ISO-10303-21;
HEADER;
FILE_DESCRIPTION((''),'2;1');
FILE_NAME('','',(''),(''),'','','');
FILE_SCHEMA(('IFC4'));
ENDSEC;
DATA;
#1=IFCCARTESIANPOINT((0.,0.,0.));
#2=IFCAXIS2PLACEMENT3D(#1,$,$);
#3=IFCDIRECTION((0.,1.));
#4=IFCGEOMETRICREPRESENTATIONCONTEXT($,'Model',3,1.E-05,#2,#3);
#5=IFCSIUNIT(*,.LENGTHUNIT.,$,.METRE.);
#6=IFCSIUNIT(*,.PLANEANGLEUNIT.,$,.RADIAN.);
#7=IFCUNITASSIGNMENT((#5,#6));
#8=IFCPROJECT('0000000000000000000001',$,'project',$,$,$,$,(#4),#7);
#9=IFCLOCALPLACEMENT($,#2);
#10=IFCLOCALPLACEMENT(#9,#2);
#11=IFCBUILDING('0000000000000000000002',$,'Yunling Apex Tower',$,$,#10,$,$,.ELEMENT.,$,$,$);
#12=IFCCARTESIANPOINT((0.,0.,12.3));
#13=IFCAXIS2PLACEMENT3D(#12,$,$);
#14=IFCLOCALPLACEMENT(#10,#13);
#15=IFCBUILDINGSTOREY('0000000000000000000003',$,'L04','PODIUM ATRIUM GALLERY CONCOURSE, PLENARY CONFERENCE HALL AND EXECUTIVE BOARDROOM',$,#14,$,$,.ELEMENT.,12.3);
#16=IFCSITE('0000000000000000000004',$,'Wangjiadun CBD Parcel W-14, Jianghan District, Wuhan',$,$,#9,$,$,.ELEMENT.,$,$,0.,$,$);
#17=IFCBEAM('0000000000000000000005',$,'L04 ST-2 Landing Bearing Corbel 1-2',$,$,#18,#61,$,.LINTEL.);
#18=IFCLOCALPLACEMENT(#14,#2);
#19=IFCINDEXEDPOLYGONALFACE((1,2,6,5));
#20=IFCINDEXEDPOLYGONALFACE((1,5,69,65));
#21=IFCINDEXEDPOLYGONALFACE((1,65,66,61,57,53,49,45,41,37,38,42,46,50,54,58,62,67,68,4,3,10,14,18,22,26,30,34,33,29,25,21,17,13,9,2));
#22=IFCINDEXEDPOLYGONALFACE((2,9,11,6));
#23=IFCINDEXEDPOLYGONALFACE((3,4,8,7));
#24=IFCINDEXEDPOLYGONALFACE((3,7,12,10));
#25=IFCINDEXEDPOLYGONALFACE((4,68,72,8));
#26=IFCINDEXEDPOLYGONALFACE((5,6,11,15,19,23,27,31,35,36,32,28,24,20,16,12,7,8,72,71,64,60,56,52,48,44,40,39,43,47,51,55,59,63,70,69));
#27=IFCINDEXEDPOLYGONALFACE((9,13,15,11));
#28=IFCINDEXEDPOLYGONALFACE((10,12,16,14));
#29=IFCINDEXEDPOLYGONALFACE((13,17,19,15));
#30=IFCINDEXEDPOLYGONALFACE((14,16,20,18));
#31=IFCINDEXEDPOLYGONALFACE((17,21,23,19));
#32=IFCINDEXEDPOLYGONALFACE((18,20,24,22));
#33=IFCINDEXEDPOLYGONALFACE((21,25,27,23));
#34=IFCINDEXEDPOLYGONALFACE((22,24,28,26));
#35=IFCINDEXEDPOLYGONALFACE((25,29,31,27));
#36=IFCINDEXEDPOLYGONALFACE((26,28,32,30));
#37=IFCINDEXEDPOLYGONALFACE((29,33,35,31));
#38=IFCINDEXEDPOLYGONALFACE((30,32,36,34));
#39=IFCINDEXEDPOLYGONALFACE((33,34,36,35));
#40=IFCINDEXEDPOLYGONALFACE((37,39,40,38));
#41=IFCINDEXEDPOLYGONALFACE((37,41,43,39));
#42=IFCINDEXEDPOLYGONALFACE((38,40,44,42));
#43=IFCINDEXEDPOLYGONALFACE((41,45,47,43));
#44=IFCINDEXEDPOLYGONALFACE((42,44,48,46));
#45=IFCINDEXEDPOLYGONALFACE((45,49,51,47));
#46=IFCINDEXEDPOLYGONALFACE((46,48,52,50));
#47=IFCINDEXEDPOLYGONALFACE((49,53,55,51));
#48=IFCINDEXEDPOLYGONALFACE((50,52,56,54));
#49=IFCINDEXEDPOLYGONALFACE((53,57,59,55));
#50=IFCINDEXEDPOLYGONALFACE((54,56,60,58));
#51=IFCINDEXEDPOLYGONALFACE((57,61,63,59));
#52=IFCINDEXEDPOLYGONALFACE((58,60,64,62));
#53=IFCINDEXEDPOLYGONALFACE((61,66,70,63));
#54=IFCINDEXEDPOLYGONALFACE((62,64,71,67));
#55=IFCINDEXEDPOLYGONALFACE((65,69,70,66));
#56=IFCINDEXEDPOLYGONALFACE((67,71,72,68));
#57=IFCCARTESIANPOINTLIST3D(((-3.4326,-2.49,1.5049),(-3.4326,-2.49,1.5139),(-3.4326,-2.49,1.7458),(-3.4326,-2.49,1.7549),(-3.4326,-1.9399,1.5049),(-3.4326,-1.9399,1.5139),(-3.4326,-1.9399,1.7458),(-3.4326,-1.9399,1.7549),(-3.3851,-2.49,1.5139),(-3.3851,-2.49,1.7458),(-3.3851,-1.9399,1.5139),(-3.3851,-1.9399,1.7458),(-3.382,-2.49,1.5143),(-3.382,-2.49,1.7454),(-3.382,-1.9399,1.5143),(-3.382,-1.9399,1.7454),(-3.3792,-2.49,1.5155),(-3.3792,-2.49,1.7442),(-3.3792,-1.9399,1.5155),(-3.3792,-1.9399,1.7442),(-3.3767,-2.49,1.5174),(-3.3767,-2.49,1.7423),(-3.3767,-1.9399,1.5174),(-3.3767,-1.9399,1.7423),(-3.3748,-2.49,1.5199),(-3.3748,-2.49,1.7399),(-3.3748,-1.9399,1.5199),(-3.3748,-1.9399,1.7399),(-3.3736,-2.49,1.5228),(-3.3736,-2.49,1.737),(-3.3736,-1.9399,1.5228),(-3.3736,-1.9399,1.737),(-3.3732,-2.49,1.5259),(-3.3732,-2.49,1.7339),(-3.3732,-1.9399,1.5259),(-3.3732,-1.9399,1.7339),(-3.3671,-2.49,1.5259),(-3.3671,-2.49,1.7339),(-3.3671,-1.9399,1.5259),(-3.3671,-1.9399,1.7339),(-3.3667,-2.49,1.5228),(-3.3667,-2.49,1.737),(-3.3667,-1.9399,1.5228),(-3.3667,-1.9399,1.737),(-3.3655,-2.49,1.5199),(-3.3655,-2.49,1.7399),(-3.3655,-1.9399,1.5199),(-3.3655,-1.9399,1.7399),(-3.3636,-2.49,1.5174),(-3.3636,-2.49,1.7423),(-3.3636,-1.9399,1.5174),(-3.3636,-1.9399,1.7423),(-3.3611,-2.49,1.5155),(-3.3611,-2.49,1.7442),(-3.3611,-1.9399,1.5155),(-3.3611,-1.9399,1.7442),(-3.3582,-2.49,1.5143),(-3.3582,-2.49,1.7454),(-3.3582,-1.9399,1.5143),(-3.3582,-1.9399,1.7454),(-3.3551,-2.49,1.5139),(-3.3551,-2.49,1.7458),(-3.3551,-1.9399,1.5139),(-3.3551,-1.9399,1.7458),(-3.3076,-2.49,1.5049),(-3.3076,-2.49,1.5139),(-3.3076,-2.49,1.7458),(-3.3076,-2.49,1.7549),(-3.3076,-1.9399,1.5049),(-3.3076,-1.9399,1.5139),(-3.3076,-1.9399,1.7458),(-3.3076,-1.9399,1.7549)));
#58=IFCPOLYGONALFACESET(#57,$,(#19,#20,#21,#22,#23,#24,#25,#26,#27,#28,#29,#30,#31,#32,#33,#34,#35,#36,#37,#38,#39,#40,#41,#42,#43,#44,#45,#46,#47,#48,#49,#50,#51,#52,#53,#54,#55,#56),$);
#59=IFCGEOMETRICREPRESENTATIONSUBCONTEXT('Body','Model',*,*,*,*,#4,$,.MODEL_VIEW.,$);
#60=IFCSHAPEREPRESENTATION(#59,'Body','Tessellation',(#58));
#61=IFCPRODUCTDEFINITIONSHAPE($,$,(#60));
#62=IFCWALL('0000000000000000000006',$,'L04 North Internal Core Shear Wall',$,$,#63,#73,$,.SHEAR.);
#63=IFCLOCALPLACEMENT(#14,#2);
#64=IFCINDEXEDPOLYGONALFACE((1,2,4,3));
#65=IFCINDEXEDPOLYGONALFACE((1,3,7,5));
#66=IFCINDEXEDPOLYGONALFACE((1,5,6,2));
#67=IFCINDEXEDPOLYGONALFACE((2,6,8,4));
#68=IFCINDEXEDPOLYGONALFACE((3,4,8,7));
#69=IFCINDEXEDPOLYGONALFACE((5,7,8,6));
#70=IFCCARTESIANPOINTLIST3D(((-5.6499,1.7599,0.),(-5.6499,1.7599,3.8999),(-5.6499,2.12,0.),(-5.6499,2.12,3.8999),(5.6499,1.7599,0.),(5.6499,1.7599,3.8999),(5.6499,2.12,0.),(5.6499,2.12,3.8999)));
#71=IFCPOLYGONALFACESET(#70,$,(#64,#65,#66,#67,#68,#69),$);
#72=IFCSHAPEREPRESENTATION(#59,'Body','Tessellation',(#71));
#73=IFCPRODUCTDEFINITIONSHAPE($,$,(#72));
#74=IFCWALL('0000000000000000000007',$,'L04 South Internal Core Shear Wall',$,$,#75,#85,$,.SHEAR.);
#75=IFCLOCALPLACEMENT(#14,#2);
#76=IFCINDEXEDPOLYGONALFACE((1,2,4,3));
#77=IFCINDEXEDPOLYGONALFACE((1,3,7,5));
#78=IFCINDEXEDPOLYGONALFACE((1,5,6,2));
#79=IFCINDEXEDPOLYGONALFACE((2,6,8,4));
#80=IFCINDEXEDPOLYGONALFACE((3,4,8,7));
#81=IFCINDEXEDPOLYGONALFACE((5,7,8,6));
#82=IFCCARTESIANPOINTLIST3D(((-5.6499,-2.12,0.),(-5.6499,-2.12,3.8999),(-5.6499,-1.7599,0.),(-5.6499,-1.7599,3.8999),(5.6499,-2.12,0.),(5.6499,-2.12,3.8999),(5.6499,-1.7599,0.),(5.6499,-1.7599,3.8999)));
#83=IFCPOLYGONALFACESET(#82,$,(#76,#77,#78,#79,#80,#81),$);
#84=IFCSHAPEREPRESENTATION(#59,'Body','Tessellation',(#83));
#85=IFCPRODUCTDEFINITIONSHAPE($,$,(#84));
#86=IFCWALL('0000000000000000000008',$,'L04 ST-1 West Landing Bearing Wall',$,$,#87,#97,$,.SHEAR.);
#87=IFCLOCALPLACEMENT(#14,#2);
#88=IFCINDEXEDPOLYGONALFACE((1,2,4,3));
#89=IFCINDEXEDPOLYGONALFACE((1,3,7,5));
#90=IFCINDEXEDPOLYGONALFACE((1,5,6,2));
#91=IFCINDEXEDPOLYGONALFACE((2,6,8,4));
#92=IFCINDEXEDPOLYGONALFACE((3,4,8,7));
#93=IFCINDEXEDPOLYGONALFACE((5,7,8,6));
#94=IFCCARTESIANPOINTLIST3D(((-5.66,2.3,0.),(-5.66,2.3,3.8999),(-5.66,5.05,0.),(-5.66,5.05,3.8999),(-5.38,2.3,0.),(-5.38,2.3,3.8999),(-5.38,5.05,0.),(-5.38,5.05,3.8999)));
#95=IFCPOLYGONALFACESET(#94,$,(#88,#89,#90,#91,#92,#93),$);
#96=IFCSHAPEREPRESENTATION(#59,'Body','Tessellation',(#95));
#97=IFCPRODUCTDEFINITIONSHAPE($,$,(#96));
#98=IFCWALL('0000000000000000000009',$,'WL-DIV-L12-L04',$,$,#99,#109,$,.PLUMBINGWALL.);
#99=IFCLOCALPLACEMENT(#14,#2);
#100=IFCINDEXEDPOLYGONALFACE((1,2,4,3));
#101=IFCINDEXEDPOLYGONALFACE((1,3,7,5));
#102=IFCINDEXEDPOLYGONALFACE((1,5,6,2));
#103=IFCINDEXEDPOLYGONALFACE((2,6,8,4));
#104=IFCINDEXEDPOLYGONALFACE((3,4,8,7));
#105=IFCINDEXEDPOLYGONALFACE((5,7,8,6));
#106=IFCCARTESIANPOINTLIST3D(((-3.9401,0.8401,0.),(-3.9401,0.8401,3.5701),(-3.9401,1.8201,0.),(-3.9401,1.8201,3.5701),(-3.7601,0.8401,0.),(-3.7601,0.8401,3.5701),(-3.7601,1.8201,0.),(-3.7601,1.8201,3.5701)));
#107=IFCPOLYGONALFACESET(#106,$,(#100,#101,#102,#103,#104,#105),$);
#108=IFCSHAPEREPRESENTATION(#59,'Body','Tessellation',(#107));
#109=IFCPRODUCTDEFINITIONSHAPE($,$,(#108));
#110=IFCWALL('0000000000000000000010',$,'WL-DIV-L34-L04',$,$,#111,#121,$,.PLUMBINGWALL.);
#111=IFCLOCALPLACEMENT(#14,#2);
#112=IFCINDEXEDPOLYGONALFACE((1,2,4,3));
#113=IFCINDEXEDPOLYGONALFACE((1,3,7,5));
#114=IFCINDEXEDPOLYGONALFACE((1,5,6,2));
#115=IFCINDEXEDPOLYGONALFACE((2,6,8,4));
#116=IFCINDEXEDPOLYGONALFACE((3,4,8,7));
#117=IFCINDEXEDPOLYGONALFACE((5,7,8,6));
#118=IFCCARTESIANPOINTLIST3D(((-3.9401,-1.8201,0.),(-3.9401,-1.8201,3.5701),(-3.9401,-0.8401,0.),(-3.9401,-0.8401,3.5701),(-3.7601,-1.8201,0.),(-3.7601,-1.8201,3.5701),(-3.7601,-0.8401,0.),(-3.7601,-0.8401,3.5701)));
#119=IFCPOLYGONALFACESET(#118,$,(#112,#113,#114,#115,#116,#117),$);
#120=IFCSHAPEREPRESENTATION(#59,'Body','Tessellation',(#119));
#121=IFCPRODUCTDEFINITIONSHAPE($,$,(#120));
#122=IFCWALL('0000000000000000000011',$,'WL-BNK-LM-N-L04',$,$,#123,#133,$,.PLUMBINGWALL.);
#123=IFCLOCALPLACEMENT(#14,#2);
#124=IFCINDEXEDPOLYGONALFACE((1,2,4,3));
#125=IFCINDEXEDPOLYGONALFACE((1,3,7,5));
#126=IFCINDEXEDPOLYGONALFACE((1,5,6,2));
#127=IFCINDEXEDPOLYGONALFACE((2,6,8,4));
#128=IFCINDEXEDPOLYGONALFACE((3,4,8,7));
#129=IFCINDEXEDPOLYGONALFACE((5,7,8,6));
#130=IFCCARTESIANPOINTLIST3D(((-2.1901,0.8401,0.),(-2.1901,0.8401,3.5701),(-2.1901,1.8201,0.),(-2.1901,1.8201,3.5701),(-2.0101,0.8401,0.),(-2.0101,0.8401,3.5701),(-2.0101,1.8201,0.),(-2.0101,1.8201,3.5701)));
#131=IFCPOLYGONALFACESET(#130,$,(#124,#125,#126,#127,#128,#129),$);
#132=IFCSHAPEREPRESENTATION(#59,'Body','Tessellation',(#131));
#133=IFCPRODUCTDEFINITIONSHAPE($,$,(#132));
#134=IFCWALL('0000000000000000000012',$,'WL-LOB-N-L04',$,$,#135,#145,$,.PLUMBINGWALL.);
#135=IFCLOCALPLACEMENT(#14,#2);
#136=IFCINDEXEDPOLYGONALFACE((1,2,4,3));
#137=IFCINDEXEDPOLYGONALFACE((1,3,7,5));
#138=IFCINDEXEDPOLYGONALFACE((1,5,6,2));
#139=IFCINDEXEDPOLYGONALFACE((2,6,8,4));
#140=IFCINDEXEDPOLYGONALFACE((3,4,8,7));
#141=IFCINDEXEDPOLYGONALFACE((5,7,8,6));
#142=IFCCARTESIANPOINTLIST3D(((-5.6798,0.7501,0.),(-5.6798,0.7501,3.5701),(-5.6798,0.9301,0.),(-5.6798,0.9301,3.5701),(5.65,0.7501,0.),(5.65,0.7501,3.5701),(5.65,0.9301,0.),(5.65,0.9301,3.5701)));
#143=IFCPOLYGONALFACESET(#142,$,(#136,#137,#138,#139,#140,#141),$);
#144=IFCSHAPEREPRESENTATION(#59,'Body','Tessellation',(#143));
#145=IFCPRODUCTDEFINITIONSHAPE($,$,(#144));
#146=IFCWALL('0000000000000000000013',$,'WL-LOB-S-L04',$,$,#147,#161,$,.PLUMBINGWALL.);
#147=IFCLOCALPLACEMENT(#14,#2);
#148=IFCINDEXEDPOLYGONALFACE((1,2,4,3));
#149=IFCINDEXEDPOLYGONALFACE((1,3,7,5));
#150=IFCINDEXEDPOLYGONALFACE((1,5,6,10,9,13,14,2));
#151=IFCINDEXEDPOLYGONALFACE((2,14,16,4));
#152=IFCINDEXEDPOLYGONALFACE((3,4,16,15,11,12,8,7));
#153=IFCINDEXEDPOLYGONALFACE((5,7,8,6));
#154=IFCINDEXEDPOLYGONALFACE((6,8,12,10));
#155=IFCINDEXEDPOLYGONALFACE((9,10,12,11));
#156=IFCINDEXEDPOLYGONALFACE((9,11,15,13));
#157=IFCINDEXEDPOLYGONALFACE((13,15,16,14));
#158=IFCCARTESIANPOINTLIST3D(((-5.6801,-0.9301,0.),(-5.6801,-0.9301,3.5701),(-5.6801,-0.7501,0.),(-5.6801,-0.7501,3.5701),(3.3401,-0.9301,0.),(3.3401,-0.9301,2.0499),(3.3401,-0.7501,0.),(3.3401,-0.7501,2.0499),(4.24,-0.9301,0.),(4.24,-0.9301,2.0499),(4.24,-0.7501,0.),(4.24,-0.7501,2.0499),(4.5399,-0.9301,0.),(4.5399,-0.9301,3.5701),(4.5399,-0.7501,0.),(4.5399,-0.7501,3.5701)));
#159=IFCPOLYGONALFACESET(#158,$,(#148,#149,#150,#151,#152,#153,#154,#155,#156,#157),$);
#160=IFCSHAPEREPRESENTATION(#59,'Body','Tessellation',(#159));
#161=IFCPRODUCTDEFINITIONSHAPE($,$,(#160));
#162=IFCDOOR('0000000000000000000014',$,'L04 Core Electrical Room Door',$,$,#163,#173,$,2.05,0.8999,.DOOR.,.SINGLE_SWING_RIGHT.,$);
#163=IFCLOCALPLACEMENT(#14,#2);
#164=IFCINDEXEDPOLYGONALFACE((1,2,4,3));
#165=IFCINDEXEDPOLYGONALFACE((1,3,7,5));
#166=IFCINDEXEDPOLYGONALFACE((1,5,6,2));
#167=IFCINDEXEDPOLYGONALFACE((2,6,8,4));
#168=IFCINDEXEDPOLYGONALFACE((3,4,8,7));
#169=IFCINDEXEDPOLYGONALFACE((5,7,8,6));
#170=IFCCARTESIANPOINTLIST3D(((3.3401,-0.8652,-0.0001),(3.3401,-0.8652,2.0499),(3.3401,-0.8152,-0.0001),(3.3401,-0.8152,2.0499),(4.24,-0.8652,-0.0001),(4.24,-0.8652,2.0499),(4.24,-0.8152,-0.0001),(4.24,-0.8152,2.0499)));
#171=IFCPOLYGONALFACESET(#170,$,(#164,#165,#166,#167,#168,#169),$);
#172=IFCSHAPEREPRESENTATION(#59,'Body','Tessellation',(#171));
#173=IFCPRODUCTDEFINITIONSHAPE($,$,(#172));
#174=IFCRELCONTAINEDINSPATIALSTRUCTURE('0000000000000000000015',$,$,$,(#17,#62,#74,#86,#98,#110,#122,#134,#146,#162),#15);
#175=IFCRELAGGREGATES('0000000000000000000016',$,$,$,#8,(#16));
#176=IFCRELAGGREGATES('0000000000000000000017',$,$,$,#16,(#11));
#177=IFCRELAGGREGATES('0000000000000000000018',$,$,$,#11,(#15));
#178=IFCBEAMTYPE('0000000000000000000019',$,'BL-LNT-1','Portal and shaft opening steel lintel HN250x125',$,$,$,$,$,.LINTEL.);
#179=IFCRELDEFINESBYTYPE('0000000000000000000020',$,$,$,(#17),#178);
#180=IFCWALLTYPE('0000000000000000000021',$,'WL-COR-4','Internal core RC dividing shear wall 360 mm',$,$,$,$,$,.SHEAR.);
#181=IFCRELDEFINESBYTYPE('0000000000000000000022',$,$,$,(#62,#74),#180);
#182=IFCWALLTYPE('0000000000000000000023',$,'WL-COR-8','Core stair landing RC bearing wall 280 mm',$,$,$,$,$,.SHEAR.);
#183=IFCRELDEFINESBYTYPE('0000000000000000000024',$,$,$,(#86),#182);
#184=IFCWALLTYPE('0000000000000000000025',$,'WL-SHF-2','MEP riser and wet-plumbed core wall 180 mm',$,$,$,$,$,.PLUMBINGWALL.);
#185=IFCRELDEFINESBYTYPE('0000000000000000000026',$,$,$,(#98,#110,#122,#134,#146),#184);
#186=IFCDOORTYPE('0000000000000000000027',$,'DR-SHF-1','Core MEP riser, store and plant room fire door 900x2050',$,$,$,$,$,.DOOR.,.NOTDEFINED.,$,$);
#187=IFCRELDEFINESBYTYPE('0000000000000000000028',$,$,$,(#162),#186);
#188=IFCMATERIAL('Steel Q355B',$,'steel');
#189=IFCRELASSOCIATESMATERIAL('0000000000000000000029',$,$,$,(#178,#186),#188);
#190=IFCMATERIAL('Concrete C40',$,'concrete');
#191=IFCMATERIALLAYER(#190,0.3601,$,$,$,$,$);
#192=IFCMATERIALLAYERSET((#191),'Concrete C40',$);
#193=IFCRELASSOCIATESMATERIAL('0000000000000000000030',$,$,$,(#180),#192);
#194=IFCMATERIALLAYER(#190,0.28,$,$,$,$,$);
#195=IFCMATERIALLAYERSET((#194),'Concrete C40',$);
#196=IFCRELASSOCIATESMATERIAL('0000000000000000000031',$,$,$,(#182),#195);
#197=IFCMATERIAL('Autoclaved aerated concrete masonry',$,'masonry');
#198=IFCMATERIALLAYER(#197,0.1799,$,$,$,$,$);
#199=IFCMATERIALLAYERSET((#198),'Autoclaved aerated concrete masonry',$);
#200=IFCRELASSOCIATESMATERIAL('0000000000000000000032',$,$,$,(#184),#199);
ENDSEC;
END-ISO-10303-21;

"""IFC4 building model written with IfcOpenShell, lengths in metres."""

from ifc_helpers import new_model, si_unit, direction, frame, frame_2d, origin, origin_2d, place, context, subcontext, project, spatial, rectangle, i_section, extrude, source, transform, mapped, material, layer, layer_set, material_profile, profile_set, type_object, element, fill, save


model = new_model("IFC4")

# Units and contexts
model_context = context("Model", 3, precision=1e-05, world=origin(), true_north=direction((0.0, 1.0)))
body_context = subcontext(model_context, "Body", "Model", "MODEL_VIEW")
ifc_project = project(units=[si_unit("LENGTHUNIT", "METRE"), si_unit("PLANEANGLEUNIT", "RADIAN")], contexts=[model_context])

# Site, building, storey
site_placement = place(None, origin())
site = spatial("IfcSite", under=ifc_project, at=site_placement, Name="Wangjiadun CBD Parcel W-14, Jianghan District, Wuhan", CompositionType="ELEMENT", RefElevation=0.0)
building_placement = place(site_placement, origin())
building = spatial("IfcBuilding", under=site, at=building_placement, Name="Yunling Apex Tower", CompositionType="ELEMENT")
storey_placement = place(building_placement, frame((0.0, 0.0, 12.3)))
storey = spatial("IfcBuildingStorey", under=building, at=storey_placement, Name="L04", Description="PODIUM ATRIUM GALLERY CONCOURSE, PLENARY CONFERENCE HALL AND EXECUTIVE BOARDROOM", CompositionType="ELEMENT", Elevation=12.3)

# Beam
ifc_material_1 = material(Name="Steel Q355B", Category="steel")
ifc_material_profile = material_profile(ifc_material_1, i_section(OverallWidth=0.125, OverallDepth=0.25, WebThickness=0.0061, FlangeThickness=0.009, FilletRadius=0.012, at=origin_2d()))
ifc_profile_set = profile_set([ifc_material_profile], Name="Steel Q355B")
beam_type = type_object("IfcBeamType", Name="BL-LNT-1", Description="Portal and shaft opening steel lintel HN250x125", PredefinedType="LINTEL", material=ifc_profile_set)
shared_shape_1 = source(origin(), body_context, "Body", "SweptSolid", [
    extrude(i_section(OverallWidth=0.125, OverallDepth=0.25, WebThickness=0.0061, FlangeThickness=0.009, FilletRadius=0.012, at=origin_2d()), origin(), (0.0, 0.0, 1.0), 0.55),
])
for number, where, z_axis, x_axis, name in (
    (1, (-3.3701, -1.9399, 1.6299), (0.0, -1.0, 0.0), (1.0, 0.0, 0.0), "L04 ST-2 Landing Bearing Corbel 1-2"),
):
    element("IfcBeam", number, at=place(storey_placement, frame(where, z_axis=z_axis, x_axis=x_axis)), inside=storey, type_object=beam_type, Name=name, PredefinedType="LINTEL", context=body_context, shape_type="MappedRepresentation", body=[
        mapped(shared_shape_1, transform((0.0, 0.0, 0.0), scale=1.0)),
    ])

# Walls
ifc_material_2 = material(Name="Concrete C40", Category="concrete")
ifc_layer_1 = layer(ifc_material_2, 0.3601)
ifc_layer_set_1 = layer_set([ifc_layer_1], Name="Concrete C40")
wall_type_1 = type_object("IfcWallType", Name="WL-COR-4", Description="Internal core RC dividing shear wall 360 mm", PredefinedType="SHEAR", material=ifc_layer_set_1)
for number, where, z_axis, x_axis, name in (
    (2, (-5.6499, 1.9399, 0.0), (0.0, 0.0, 1.0), (1.0, 0.0, 0.0), "L04 North Internal Core Shear Wall"),
    (3, (-5.6499, -1.9399, 0.0), (0.0, 0.0, 1.0), (1.0, 0.0, 0.0), "L04 South Internal Core Shear Wall"),
):
    element("IfcWall", number, at=place(storey_placement, frame(where, z_axis=z_axis, x_axis=x_axis)), inside=storey, type_object=wall_type_1, Name=name, PredefinedType="SHEAR", context=body_context, shape_type="SweptSolid", body=[
        extrude(rectangle(XDim=11.2998, YDim=0.3601, at=frame_2d((5.6499, 0.0))), origin(), (0.0, 0.0, 1.0), 3.8999),
    ])
ifc_layer_2 = layer(ifc_material_2, 0.28)
ifc_layer_set_2 = layer_set([ifc_layer_2], Name="Concrete C40")
wall_type_2 = type_object("IfcWallType", Name="WL-COR-8", Description="Core stair landing RC bearing wall 280 mm", PredefinedType="SHEAR", material=ifc_layer_set_2)
wall_1_placement = place(storey_placement, frame((-5.52, 2.3, 0.0), z_axis=(0.0, 0.0, 1.0), x_axis=(0.0, 1.0, 0.0)))
element("IfcWall", 4, at=wall_1_placement, inside=storey, type_object=wall_type_2, Name="L04 ST-1 West Landing Bearing Wall", PredefinedType="SHEAR", context=body_context, shape_type="SweptSolid", body=[
    extrude(rectangle(XDim=2.75, YDim=0.28, at=frame_2d((1.375, 0.0))), origin(), (0.0, 0.0, 1.0), 3.8999),
])
ifc_material_3 = material(Name="Autoclaved aerated concrete masonry", Category="masonry")
ifc_layer_3 = layer(ifc_material_3, 0.1799)
ifc_layer_set_3 = layer_set([ifc_layer_3], Name="Autoclaved aerated concrete masonry")
wall_type_3 = type_object("IfcWallType", Name="WL-SHF-2", Description="MEP riser and wet-plumbed core wall 180 mm", PredefinedType="PLUMBINGWALL", material=ifc_layer_set_3)
for number, where, z_axis, x_axis, name in (
    (5, (-3.8501, 0.8401, 0.0), (0.0, 0.0, 1.0), (0.0, 1.0, 0.0), "WL-DIV-L12-L04"),
    (6, (-3.8501, -1.8201, 0.0), (0.0, 0.0, 1.0), (0.0, 1.0, 0.0), "WL-DIV-L34-L04"),
    (7, (-2.1001, 0.8401, 0.0), (0.0, 0.0, 1.0), (0.0, 1.0, 0.0), "WL-BNK-LM-N-L04"),
):
    element("IfcWall", number, at=place(storey_placement, frame(where, z_axis=z_axis, x_axis=x_axis)), inside=storey, type_object=wall_type_3, Name=name, PredefinedType="PLUMBINGWALL", context=body_context, shape_type="SweptSolid", body=[
        extrude(rectangle(XDim=0.98, YDim=0.1799, at=frame_2d((0.49, 0.0))), origin(), (0.0, 0.0, 1.0), 3.5701),
    ])
wall_2_placement = place(storey_placement, frame((-5.6799, 0.8401, 0.0), z_axis=(0.0, 0.0, 1.0), x_axis=(1.0, 0.0, 0.0)))
element("IfcWall", 8, at=wall_2_placement, inside=storey, type_object=wall_type_3, Name="WL-LOB-N-L04", PredefinedType="PLUMBINGWALL", context=body_context, shape_type="SweptSolid", body=[
    extrude(rectangle(XDim=11.3298, YDim=0.1799, at=frame_2d((5.665, 0.0))), origin(), (0.0, 0.0, 1.0), 3.5701),
])

# Wall, opening, door
wall_3_placement = place(storey_placement, frame((-5.6799, -0.8401, 0.0), z_axis=(0.0, 0.0, 1.0), x_axis=(1.0, 0.0, 0.0)))
wall_3 = element("IfcWall", 9, at=wall_3_placement, inside=storey, type_object=wall_type_3, Name="WL-LOB-S-L04", PredefinedType="PLUMBINGWALL", context=body_context, shape_type="SweptSolid", body=[
    extrude(rectangle(XDim=10.22, YDim=0.1799, at=frame_2d((5.1099, 0.0))), origin(), (0.0, 0.0, 1.0), 3.5701),
])
opening_placement = place(wall_3_placement, frame((9.02, 0.0, 0.0)))
opening = element("IfcOpeningElement", 10, at=opening_placement, cuts=wall_3, PredefinedType="OPENING", context=body_context, shape_type="SweptSolid", body=[
    extrude(rectangle(XDim=0.8999, YDim=2.05, at=frame_2d((0.45, 1.0249))), frame((0.0, 0.1001, 0.0), z_axis=(0.0, -1.0, 0.0), x_axis=(1.0, 0.0, 0.0)), (0.0, 0.0, 1.0), 0.2),
])
door_type = type_object("IfcDoorType", Name="DR-SHF-1", Description="Core MEP riser, store and plant room fire door 900x2050", OperationType="NOTDEFINED", PredefinedType="DOOR", material=ifc_material_1)
door_placement = place(opening_placement, origin())
door = element("IfcDoor", 11, at=door_placement, inside=storey, type_object=door_type, Name="L04 Core Electrical Room Door", OperationType="SINGLE_SWING_RIGHT", OverallHeight=2.05, OverallWidth=0.8999, PredefinedType="DOOR", context=body_context, shape_type="SweptSolid", body=[
    extrude(rectangle(XDim=0.8999, YDim=2.05, at=frame_2d((0.45, 1.0249))), frame((0.0, 0.0249, 0.0), z_axis=(0.0, -1.0, 0.0), x_axis=(1.0, 0.0, 0.0)), (0.0, 0.0, 1.0), 0.05),
])
fill(opening, door)

save(model, "model.ifc")
